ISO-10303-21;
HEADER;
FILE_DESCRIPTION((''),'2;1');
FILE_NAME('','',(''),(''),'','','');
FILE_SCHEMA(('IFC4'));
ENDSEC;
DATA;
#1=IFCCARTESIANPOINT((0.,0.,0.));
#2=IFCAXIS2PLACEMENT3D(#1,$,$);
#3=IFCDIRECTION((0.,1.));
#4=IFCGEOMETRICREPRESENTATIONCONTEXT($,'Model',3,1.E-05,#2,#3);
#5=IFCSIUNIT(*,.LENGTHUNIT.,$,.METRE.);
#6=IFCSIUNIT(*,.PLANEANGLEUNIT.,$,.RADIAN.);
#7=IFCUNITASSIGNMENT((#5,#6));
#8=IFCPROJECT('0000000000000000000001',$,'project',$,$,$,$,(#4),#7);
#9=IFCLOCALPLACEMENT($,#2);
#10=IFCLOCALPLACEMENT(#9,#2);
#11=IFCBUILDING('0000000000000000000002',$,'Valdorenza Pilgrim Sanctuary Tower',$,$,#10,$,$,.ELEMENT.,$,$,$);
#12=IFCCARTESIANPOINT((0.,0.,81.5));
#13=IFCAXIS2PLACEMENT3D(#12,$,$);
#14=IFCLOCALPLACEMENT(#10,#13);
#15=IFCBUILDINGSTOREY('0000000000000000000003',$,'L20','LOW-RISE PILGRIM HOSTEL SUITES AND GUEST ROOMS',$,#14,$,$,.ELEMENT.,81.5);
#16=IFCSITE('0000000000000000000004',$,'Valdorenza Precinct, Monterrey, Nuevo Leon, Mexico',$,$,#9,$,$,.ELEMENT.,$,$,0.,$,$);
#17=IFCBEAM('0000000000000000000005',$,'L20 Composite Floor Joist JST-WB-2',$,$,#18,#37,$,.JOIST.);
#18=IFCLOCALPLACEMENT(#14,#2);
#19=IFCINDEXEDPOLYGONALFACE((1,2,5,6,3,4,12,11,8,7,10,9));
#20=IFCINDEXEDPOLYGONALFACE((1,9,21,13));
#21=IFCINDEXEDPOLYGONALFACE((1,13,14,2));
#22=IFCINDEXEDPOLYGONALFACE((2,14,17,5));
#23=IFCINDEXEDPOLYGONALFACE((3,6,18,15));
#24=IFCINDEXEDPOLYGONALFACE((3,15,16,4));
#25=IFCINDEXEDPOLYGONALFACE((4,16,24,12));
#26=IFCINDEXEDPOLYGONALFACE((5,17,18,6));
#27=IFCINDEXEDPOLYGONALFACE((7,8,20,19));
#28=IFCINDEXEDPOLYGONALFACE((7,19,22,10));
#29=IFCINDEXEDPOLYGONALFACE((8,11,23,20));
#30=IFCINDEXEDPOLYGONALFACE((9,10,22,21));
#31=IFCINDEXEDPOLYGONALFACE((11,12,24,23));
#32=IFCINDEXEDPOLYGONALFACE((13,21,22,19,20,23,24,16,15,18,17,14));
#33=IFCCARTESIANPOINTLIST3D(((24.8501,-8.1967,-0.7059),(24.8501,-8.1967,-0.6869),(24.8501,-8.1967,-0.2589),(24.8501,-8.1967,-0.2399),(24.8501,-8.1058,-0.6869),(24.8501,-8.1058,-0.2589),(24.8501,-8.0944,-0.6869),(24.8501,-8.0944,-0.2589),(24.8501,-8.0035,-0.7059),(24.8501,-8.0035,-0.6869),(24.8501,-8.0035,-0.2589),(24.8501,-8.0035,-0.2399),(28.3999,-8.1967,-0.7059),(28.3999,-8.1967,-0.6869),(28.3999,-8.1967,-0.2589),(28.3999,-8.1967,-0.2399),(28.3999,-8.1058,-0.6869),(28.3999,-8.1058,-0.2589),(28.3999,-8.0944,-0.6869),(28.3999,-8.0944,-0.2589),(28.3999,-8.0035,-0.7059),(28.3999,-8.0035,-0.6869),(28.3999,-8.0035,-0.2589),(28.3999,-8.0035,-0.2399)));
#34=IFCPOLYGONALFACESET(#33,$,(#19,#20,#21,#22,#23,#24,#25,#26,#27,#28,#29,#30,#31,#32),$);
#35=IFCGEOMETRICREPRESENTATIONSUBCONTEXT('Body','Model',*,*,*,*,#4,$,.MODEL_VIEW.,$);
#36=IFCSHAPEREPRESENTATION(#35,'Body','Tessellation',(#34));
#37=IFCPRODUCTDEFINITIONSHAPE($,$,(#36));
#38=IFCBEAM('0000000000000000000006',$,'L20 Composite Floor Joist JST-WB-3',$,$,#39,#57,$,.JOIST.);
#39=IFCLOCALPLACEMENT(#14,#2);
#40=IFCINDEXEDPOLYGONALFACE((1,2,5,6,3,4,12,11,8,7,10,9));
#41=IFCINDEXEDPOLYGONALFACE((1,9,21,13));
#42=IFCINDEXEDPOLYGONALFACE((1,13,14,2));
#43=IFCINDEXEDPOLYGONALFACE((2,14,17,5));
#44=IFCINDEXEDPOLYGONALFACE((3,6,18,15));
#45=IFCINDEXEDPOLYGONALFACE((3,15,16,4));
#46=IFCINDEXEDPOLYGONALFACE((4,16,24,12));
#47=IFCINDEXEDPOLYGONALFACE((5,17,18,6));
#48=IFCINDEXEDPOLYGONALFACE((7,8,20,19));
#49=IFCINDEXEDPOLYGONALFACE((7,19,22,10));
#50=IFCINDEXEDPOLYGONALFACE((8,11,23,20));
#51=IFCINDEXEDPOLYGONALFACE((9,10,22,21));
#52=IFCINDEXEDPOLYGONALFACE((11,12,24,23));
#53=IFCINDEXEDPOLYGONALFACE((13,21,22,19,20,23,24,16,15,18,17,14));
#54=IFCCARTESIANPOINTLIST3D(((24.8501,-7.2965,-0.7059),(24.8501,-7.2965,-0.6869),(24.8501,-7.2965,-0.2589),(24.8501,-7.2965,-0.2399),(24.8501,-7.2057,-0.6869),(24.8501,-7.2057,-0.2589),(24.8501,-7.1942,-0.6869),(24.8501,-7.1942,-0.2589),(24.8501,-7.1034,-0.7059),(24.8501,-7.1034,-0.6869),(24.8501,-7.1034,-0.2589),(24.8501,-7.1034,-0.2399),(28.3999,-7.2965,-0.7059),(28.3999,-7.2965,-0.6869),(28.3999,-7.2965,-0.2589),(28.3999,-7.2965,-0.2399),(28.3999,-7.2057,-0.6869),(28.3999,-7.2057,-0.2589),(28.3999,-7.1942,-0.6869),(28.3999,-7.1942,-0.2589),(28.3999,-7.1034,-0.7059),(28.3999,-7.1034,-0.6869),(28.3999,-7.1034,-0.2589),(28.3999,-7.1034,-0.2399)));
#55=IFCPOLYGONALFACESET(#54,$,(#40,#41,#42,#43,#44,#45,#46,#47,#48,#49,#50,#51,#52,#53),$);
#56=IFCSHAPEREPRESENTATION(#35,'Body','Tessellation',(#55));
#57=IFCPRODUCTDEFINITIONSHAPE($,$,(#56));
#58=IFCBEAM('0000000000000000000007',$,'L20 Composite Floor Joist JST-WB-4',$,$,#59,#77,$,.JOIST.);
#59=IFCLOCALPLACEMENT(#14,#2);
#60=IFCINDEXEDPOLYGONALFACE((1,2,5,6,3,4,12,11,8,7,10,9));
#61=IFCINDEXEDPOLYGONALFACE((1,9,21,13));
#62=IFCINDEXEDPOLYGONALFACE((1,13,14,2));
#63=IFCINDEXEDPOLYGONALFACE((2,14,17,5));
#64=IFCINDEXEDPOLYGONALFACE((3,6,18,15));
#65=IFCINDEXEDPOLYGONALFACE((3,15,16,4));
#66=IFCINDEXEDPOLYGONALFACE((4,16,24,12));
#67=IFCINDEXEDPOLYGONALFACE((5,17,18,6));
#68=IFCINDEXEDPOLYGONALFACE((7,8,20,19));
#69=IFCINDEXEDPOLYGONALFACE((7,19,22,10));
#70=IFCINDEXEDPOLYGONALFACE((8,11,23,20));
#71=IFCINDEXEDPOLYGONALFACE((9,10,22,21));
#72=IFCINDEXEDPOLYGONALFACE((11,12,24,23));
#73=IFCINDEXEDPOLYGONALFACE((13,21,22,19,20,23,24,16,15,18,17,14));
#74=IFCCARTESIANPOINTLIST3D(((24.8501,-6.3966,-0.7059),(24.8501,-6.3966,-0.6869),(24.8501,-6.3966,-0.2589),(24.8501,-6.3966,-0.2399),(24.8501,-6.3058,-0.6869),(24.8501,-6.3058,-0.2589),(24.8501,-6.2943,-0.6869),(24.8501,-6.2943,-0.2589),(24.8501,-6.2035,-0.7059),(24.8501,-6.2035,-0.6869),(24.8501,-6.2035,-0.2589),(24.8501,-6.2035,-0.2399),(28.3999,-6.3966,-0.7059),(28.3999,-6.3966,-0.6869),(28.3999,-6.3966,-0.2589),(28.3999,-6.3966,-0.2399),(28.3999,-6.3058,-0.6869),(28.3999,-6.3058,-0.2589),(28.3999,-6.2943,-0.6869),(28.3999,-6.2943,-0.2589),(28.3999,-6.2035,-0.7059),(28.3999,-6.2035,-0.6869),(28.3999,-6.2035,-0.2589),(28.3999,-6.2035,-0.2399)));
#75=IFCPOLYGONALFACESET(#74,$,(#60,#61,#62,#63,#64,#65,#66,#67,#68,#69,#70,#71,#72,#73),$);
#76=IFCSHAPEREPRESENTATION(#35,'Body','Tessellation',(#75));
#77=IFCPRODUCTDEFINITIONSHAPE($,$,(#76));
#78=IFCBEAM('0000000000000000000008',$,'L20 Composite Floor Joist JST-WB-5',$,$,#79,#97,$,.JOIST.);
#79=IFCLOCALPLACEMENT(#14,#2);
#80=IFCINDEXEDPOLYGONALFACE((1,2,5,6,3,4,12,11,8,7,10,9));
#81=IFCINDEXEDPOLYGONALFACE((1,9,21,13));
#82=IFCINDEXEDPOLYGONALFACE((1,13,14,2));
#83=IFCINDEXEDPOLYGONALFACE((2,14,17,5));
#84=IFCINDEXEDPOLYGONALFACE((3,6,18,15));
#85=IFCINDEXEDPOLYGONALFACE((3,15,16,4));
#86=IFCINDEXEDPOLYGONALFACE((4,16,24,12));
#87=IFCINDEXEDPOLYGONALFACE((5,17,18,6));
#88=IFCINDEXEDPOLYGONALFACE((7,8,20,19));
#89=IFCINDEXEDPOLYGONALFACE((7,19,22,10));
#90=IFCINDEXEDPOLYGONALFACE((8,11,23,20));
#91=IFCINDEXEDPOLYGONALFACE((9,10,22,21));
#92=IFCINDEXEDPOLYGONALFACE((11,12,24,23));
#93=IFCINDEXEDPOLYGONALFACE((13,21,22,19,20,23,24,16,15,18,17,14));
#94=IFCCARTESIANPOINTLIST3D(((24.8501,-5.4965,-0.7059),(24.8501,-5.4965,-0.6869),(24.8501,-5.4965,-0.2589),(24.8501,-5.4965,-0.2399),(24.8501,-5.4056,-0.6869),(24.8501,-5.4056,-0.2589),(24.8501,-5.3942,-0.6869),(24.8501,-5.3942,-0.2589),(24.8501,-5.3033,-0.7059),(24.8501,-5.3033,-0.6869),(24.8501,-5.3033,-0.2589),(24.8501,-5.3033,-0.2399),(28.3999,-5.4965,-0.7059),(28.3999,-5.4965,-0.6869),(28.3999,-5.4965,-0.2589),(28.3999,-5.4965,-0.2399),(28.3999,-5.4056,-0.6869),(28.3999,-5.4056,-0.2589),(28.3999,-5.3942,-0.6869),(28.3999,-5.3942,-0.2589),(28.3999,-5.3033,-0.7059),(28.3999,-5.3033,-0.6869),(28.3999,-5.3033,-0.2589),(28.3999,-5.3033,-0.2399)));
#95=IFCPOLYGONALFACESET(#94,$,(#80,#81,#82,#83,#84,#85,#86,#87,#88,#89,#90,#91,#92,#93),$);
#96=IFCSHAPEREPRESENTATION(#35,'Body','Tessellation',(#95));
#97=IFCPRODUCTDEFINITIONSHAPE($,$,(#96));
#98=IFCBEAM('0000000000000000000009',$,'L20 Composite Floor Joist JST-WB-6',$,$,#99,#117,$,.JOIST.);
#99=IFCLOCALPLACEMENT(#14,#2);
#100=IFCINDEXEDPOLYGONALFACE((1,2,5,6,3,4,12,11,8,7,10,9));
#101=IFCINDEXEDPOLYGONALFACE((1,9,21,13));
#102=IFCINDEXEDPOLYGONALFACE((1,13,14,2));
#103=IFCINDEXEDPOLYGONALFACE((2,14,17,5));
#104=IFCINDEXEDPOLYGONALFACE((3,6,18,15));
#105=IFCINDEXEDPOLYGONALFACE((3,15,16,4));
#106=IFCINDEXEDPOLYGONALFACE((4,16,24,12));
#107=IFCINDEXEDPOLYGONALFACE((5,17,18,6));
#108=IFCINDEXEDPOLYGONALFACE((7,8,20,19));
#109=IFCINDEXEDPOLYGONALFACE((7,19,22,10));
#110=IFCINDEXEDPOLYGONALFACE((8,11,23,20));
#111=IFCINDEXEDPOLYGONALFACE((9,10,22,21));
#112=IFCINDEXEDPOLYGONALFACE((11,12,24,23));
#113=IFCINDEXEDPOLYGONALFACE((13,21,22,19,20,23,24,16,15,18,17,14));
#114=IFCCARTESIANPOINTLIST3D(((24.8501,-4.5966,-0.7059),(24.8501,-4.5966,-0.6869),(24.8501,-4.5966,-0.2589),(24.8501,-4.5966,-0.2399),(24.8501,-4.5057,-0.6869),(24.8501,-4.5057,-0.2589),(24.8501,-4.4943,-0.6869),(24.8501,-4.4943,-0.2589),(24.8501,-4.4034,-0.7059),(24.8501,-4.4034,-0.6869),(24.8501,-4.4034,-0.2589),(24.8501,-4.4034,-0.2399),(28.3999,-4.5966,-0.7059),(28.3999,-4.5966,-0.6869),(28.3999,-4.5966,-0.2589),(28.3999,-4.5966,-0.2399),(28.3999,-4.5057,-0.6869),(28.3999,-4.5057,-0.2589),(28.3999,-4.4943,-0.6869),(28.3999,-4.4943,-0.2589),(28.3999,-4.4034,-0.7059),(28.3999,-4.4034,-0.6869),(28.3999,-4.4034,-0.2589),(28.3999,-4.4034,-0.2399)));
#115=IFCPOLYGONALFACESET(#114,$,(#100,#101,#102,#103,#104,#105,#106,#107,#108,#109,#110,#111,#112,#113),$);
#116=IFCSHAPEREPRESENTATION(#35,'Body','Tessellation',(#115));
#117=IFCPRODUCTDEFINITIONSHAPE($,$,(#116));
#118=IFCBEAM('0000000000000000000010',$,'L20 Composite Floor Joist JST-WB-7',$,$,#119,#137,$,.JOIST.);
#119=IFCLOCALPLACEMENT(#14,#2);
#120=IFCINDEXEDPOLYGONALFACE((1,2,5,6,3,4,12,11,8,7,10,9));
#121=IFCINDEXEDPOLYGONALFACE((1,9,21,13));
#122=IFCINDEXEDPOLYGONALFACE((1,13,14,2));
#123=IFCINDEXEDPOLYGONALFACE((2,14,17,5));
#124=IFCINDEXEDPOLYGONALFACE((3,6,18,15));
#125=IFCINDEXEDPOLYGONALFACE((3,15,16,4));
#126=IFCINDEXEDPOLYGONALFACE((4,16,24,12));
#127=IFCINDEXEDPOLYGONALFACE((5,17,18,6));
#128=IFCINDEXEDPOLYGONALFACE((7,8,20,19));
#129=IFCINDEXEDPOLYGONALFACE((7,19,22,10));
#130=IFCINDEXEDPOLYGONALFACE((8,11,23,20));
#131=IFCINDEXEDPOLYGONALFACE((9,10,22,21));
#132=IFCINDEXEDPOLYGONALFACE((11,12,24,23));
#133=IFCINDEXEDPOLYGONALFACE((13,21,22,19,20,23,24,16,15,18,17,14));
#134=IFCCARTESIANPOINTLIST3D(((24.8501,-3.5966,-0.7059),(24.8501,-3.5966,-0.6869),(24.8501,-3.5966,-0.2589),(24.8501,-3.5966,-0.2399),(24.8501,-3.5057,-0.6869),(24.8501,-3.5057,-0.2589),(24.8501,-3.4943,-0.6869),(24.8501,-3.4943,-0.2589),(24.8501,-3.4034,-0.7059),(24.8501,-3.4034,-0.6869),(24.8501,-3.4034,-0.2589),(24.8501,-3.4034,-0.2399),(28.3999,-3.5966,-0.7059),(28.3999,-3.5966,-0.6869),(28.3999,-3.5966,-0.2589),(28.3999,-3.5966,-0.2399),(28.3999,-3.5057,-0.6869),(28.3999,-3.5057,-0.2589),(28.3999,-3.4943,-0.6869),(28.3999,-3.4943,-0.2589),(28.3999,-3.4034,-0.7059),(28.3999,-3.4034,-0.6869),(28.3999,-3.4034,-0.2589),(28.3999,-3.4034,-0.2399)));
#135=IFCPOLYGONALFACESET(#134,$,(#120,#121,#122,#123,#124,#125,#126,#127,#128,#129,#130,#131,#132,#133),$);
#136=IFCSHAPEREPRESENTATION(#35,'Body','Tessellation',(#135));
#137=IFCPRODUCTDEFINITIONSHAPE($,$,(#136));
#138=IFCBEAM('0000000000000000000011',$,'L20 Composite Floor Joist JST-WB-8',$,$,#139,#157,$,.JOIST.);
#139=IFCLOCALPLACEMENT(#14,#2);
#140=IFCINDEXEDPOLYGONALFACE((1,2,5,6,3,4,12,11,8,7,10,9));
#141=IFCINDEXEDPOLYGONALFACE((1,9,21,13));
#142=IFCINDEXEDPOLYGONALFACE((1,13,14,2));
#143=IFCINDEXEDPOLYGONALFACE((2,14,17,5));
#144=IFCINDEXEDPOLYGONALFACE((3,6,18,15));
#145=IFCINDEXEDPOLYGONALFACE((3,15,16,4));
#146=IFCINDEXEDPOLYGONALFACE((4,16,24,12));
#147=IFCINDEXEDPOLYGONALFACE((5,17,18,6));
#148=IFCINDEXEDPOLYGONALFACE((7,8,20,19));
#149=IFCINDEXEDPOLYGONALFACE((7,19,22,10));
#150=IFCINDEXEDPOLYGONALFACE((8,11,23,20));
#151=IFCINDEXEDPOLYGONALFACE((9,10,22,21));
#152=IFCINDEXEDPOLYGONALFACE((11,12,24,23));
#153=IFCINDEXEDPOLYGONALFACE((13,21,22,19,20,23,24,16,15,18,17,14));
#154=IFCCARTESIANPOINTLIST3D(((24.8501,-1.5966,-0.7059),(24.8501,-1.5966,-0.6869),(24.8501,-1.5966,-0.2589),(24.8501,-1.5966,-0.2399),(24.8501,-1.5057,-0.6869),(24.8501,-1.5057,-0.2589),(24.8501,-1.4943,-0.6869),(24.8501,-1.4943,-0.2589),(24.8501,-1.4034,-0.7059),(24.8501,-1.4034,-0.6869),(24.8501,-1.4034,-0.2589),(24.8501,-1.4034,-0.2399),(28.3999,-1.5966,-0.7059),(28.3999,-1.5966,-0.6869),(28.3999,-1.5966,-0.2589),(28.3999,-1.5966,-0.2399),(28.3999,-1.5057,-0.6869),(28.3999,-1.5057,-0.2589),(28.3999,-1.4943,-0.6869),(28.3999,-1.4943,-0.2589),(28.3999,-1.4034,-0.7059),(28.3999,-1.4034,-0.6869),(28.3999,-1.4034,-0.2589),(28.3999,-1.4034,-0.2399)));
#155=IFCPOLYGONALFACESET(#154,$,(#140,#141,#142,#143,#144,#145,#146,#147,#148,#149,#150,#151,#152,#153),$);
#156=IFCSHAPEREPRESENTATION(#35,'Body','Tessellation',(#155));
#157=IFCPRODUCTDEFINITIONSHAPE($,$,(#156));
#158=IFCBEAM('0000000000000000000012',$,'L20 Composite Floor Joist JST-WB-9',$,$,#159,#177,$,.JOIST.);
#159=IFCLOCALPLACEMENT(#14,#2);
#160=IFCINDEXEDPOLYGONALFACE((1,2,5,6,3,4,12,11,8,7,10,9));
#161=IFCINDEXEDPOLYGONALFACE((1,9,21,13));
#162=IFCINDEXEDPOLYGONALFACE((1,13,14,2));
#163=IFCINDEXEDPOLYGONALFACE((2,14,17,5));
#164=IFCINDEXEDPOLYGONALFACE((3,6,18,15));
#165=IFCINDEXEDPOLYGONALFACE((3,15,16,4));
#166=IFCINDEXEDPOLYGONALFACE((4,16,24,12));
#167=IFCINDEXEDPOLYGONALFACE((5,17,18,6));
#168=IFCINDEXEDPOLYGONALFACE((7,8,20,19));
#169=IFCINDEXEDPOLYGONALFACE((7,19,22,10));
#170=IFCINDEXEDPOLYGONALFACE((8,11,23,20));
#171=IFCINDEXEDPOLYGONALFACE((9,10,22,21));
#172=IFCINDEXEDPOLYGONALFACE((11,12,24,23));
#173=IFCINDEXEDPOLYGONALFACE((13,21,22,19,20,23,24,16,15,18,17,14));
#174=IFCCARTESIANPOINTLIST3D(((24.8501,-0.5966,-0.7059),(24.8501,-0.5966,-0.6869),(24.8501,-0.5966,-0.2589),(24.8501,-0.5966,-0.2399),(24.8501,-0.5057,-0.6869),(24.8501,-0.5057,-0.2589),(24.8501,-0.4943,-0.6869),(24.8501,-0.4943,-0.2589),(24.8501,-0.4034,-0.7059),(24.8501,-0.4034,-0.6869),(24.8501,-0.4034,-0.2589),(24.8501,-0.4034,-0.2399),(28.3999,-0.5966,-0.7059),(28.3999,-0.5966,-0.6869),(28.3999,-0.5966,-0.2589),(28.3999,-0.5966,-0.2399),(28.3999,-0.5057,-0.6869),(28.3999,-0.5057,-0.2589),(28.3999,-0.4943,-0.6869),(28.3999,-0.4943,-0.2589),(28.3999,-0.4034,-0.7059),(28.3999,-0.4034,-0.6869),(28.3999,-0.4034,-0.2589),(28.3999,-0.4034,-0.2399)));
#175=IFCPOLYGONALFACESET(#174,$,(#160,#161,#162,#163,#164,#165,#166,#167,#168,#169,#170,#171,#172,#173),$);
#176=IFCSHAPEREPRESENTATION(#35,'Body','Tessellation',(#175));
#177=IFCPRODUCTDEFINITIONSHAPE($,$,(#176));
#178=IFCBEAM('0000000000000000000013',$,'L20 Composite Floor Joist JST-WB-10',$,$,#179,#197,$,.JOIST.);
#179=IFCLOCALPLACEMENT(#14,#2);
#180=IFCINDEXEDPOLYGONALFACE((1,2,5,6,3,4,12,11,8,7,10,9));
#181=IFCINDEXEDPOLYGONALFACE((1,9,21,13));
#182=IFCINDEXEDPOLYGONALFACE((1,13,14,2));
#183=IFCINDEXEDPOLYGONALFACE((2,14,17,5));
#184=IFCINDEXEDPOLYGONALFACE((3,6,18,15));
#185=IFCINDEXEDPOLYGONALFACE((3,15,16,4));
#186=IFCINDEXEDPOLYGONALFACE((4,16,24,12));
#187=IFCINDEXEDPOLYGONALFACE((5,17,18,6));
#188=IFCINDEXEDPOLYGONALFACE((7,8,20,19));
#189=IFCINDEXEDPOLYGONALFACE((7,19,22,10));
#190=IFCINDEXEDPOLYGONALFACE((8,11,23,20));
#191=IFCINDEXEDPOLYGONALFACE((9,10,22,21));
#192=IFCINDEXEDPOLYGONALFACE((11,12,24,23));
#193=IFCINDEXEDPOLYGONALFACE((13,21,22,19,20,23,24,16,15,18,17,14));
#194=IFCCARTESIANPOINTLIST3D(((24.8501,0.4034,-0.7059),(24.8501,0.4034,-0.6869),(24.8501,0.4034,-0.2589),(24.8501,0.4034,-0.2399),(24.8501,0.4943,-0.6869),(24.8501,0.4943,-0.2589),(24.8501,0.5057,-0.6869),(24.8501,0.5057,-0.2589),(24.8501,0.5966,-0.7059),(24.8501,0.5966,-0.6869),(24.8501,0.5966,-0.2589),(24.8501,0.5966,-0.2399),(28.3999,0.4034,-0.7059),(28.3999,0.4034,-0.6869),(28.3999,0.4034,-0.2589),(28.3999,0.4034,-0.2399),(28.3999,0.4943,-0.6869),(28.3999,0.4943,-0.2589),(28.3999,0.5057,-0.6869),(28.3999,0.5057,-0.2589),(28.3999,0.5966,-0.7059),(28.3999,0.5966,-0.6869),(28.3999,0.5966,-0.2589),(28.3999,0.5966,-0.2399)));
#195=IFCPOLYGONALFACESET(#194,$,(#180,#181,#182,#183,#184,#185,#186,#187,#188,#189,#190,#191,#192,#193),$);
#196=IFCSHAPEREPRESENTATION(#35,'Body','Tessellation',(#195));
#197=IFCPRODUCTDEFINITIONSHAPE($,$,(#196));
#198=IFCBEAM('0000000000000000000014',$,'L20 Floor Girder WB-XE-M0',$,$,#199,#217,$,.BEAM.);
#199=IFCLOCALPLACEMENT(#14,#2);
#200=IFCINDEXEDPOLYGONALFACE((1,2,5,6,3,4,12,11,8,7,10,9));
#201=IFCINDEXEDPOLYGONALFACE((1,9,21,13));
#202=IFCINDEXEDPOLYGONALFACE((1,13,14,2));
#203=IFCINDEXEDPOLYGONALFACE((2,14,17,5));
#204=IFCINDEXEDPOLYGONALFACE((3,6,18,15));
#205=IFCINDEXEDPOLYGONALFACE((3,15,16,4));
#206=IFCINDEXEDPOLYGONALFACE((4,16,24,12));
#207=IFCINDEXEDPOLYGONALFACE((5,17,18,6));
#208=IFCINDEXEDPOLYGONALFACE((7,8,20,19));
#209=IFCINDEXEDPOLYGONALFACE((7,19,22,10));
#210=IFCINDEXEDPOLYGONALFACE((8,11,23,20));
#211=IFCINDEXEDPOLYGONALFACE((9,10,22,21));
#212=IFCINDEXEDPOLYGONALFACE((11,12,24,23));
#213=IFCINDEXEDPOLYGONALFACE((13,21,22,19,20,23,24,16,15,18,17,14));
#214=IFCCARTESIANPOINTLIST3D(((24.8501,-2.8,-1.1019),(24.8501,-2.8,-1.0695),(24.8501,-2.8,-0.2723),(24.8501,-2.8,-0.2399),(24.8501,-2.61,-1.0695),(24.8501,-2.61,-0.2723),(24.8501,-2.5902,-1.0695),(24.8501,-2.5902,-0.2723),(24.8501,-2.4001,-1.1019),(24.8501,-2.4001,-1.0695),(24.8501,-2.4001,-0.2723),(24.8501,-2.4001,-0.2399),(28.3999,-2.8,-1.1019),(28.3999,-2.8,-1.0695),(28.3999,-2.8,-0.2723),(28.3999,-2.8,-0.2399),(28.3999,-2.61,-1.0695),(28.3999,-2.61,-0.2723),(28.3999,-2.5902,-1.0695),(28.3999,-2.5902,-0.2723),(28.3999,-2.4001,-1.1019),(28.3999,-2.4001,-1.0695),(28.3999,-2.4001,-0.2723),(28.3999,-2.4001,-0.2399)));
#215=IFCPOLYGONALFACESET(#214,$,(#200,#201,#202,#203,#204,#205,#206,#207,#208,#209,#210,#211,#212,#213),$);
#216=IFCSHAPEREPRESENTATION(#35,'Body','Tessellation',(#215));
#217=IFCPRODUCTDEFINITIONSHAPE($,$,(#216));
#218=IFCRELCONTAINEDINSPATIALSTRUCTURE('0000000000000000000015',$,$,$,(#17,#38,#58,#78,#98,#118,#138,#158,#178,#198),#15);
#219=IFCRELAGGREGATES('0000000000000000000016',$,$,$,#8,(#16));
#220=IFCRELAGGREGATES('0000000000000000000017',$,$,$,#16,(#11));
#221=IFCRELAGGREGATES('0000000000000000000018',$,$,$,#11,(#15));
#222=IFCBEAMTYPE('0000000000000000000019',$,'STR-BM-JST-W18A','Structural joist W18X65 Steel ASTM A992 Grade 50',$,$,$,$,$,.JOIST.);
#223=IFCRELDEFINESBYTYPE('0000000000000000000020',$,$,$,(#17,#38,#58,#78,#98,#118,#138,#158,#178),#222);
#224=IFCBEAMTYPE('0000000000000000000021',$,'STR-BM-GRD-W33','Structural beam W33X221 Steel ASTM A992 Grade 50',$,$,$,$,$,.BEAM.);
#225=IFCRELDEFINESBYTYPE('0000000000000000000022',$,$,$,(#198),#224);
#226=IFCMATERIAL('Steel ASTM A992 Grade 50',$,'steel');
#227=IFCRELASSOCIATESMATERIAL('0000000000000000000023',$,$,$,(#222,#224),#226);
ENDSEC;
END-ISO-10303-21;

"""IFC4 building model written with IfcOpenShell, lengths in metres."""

from ifc_helpers import new_model, si_unit, direction, frame, origin, origin_2d, place, context, subcontext, project, spatial, i_section, extrude, source, transform, mapped, material, material_profile, profile_set, type_object, element, save


model = new_model("IFC4")

# Units and contexts
model_context = context("Model", 3, precision=1e-05, world=origin(), true_north=direction((0.0, 1.0)))
body_context = subcontext(model_context, "Body", "Model", "MODEL_VIEW")
ifc_project = project(units=[si_unit("LENGTHUNIT", "METRE"), si_unit("PLANEANGLEUNIT", "RADIAN")], contexts=[model_context])

# Site, building, storey
site_placement = place(None, origin())
site = spatial("IfcSite", under=ifc_project, at=site_placement, Name="Valdorenza Precinct, Monterrey, Nuevo Leon, Mexico", CompositionType="ELEMENT", RefElevation=0.0)
building_placement = place(site_placement, origin())
building = spatial("IfcBuilding", under=site, at=building_placement, Name="Valdorenza Pilgrim Sanctuary Tower", CompositionType="ELEMENT")
storey_placement = place(building_placement, frame((0.0, 0.0, 81.5)))
storey = spatial("IfcBuildingStorey", under=building, at=storey_placement, Name="L20", Description="LOW-RISE PILGRIM HOSTEL SUITES AND GUEST ROOMS", CompositionType="ELEMENT", Elevation=81.5)

# Beams
ifc_material_1 = material(Name="Steel ASTM A992 Grade 50", Category="steel")
ifc_material_profile_1 = material_profile(ifc_material_1, i_section(OverallWidth=0.1931, OverallDepth=0.4661, WebThickness=0.0115, FlangeThickness=0.019, at=origin_2d()), Name="W18X65")
ifc_profile_set_1 = profile_set([ifc_material_profile_1], Name="Steel ASTM A992 Grade 50")
beam_type_1 = type_object("IfcBeamType", Name="STR-BM-JST-W18A", Description="Structural joist W18X65 Steel ASTM A992 Grade 50", PredefinedType="JOIST", material=ifc_profile_set_1)
shared_shape_1 = source(origin(), body_context, "Body", "SweptSolid", [
    extrude(i_section(OverallWidth=0.1931, OverallDepth=0.4661, WebThickness=0.0115, FlangeThickness=0.019, at=origin_2d()), origin(), (0.0, 0.0, 1.0), 3.5498),
])
for number, where, z_axis, x_axis, name in (
    (1, (24.8501, -8.1001, -0.4729), (1.0, 0.0, 0.0), (0.0, 1.0, 0.0), "L20 Composite Floor Joist JST-WB-2"),
    (2, (24.8501, -7.2, -0.4729), (1.0, 0.0, 0.0), (0.0, 1.0, 0.0), "L20 Composite Floor Joist JST-WB-3"),
    (3, (24.8501, -6.3, -0.4729), (1.0, 0.0, 0.0), (0.0, 1.0, 0.0), "L20 Composite Floor Joist JST-WB-4"),
    (4, (24.8501, -5.3999, -0.4729), (1.0, 0.0, 0.0), (0.0, 1.0, 0.0), "L20 Composite Floor Joist JST-WB-5"),
    (5, (24.8501, -4.5, -0.4729), (1.0, 0.0, 0.0), (0.0, 1.0, 0.0), "L20 Composite Floor Joist JST-WB-6"),
    (6, (24.8501, -3.5, -0.4729), (1.0, 0.0, 0.0), (0.0, 1.0, 0.0), "L20 Composite Floor Joist JST-WB-7"),
    (7, (24.8501, -1.5, -0.4729), (1.0, 0.0, 0.0), (0.0, 1.0, 0.0), "L20 Composite Floor Joist JST-WB-8"),
    (8, (24.8501, -0.5, -0.4729), (1.0, 0.0, 0.0), (0.0, 1.0, 0.0), "L20 Composite Floor Joist JST-WB-9"),
    (9, (24.8501, 0.5, -0.4729), (1.0, 0.0, 0.0), (0.0, 1.0, 0.0), "L20 Composite Floor Joist JST-WB-10"),
):
    element("IfcBeam", number, at=place(storey_placement, frame(where, z_axis=z_axis, x_axis=x_axis)), inside=storey, type_object=beam_type_1, Name=name, PredefinedType="JOIST", context=body_context, shape_type="MappedRepresentation", body=[
        mapped(shared_shape_1, transform((0.0, 0.0, 0.0), x_axis=(1.0, 0.0, 0.0), y_axis=(0.0, 1.0, 0.0), z_axis=(0.0, 0.0, 1.0), scale=1.0)),
    ])
ifc_material_profile_2 = material_profile(ifc_material_1, i_section(OverallWidth=0.3999, OverallDepth=0.8621, WebThickness=0.0198, FlangeThickness=0.0325, at=origin_2d()), Name="W33X221")
ifc_profile_set_2 = profile_set([ifc_material_profile_2], Name="Steel ASTM A992 Grade 50")
beam_type_2 = type_object("IfcBeamType", Name="STR-BM-GRD-W33", Description="Structural beam W33X221 Steel ASTM A992 Grade 50", PredefinedType="BEAM", material=ifc_profile_set_2)
shared_shape_2 = source(origin(), body_context, "Body", "SweptSolid", [
    extrude(i_section(OverallWidth=0.3999, OverallDepth=0.8621, WebThickness=0.0198, FlangeThickness=0.0325, at=origin_2d()), origin(), (0.0, 0.0, 1.0), 3.5498),
])
beam_1_placement = place(storey_placement, frame((24.8501, -2.6001, -0.6709), z_axis=(1.0, 0.0, 0.0), x_axis=(0.0, 1.0, 0.0)))
element("IfcBeam", 10, at=beam_1_placement, inside=storey, type_object=beam_type_2, Name="L20 Floor Girder WB-XE-M0", PredefinedType="BEAM", context=body_context, shape_type="MappedRepresentation", body=[
    mapped(shared_shape_2, transform((0.0, 0.0, 0.0), x_axis=(1.0, 0.0, 0.0), y_axis=(0.0, 1.0, 0.0), z_axis=(0.0, 0.0, 1.0), scale=1.0)),
])

save(model, "model.ifc")
